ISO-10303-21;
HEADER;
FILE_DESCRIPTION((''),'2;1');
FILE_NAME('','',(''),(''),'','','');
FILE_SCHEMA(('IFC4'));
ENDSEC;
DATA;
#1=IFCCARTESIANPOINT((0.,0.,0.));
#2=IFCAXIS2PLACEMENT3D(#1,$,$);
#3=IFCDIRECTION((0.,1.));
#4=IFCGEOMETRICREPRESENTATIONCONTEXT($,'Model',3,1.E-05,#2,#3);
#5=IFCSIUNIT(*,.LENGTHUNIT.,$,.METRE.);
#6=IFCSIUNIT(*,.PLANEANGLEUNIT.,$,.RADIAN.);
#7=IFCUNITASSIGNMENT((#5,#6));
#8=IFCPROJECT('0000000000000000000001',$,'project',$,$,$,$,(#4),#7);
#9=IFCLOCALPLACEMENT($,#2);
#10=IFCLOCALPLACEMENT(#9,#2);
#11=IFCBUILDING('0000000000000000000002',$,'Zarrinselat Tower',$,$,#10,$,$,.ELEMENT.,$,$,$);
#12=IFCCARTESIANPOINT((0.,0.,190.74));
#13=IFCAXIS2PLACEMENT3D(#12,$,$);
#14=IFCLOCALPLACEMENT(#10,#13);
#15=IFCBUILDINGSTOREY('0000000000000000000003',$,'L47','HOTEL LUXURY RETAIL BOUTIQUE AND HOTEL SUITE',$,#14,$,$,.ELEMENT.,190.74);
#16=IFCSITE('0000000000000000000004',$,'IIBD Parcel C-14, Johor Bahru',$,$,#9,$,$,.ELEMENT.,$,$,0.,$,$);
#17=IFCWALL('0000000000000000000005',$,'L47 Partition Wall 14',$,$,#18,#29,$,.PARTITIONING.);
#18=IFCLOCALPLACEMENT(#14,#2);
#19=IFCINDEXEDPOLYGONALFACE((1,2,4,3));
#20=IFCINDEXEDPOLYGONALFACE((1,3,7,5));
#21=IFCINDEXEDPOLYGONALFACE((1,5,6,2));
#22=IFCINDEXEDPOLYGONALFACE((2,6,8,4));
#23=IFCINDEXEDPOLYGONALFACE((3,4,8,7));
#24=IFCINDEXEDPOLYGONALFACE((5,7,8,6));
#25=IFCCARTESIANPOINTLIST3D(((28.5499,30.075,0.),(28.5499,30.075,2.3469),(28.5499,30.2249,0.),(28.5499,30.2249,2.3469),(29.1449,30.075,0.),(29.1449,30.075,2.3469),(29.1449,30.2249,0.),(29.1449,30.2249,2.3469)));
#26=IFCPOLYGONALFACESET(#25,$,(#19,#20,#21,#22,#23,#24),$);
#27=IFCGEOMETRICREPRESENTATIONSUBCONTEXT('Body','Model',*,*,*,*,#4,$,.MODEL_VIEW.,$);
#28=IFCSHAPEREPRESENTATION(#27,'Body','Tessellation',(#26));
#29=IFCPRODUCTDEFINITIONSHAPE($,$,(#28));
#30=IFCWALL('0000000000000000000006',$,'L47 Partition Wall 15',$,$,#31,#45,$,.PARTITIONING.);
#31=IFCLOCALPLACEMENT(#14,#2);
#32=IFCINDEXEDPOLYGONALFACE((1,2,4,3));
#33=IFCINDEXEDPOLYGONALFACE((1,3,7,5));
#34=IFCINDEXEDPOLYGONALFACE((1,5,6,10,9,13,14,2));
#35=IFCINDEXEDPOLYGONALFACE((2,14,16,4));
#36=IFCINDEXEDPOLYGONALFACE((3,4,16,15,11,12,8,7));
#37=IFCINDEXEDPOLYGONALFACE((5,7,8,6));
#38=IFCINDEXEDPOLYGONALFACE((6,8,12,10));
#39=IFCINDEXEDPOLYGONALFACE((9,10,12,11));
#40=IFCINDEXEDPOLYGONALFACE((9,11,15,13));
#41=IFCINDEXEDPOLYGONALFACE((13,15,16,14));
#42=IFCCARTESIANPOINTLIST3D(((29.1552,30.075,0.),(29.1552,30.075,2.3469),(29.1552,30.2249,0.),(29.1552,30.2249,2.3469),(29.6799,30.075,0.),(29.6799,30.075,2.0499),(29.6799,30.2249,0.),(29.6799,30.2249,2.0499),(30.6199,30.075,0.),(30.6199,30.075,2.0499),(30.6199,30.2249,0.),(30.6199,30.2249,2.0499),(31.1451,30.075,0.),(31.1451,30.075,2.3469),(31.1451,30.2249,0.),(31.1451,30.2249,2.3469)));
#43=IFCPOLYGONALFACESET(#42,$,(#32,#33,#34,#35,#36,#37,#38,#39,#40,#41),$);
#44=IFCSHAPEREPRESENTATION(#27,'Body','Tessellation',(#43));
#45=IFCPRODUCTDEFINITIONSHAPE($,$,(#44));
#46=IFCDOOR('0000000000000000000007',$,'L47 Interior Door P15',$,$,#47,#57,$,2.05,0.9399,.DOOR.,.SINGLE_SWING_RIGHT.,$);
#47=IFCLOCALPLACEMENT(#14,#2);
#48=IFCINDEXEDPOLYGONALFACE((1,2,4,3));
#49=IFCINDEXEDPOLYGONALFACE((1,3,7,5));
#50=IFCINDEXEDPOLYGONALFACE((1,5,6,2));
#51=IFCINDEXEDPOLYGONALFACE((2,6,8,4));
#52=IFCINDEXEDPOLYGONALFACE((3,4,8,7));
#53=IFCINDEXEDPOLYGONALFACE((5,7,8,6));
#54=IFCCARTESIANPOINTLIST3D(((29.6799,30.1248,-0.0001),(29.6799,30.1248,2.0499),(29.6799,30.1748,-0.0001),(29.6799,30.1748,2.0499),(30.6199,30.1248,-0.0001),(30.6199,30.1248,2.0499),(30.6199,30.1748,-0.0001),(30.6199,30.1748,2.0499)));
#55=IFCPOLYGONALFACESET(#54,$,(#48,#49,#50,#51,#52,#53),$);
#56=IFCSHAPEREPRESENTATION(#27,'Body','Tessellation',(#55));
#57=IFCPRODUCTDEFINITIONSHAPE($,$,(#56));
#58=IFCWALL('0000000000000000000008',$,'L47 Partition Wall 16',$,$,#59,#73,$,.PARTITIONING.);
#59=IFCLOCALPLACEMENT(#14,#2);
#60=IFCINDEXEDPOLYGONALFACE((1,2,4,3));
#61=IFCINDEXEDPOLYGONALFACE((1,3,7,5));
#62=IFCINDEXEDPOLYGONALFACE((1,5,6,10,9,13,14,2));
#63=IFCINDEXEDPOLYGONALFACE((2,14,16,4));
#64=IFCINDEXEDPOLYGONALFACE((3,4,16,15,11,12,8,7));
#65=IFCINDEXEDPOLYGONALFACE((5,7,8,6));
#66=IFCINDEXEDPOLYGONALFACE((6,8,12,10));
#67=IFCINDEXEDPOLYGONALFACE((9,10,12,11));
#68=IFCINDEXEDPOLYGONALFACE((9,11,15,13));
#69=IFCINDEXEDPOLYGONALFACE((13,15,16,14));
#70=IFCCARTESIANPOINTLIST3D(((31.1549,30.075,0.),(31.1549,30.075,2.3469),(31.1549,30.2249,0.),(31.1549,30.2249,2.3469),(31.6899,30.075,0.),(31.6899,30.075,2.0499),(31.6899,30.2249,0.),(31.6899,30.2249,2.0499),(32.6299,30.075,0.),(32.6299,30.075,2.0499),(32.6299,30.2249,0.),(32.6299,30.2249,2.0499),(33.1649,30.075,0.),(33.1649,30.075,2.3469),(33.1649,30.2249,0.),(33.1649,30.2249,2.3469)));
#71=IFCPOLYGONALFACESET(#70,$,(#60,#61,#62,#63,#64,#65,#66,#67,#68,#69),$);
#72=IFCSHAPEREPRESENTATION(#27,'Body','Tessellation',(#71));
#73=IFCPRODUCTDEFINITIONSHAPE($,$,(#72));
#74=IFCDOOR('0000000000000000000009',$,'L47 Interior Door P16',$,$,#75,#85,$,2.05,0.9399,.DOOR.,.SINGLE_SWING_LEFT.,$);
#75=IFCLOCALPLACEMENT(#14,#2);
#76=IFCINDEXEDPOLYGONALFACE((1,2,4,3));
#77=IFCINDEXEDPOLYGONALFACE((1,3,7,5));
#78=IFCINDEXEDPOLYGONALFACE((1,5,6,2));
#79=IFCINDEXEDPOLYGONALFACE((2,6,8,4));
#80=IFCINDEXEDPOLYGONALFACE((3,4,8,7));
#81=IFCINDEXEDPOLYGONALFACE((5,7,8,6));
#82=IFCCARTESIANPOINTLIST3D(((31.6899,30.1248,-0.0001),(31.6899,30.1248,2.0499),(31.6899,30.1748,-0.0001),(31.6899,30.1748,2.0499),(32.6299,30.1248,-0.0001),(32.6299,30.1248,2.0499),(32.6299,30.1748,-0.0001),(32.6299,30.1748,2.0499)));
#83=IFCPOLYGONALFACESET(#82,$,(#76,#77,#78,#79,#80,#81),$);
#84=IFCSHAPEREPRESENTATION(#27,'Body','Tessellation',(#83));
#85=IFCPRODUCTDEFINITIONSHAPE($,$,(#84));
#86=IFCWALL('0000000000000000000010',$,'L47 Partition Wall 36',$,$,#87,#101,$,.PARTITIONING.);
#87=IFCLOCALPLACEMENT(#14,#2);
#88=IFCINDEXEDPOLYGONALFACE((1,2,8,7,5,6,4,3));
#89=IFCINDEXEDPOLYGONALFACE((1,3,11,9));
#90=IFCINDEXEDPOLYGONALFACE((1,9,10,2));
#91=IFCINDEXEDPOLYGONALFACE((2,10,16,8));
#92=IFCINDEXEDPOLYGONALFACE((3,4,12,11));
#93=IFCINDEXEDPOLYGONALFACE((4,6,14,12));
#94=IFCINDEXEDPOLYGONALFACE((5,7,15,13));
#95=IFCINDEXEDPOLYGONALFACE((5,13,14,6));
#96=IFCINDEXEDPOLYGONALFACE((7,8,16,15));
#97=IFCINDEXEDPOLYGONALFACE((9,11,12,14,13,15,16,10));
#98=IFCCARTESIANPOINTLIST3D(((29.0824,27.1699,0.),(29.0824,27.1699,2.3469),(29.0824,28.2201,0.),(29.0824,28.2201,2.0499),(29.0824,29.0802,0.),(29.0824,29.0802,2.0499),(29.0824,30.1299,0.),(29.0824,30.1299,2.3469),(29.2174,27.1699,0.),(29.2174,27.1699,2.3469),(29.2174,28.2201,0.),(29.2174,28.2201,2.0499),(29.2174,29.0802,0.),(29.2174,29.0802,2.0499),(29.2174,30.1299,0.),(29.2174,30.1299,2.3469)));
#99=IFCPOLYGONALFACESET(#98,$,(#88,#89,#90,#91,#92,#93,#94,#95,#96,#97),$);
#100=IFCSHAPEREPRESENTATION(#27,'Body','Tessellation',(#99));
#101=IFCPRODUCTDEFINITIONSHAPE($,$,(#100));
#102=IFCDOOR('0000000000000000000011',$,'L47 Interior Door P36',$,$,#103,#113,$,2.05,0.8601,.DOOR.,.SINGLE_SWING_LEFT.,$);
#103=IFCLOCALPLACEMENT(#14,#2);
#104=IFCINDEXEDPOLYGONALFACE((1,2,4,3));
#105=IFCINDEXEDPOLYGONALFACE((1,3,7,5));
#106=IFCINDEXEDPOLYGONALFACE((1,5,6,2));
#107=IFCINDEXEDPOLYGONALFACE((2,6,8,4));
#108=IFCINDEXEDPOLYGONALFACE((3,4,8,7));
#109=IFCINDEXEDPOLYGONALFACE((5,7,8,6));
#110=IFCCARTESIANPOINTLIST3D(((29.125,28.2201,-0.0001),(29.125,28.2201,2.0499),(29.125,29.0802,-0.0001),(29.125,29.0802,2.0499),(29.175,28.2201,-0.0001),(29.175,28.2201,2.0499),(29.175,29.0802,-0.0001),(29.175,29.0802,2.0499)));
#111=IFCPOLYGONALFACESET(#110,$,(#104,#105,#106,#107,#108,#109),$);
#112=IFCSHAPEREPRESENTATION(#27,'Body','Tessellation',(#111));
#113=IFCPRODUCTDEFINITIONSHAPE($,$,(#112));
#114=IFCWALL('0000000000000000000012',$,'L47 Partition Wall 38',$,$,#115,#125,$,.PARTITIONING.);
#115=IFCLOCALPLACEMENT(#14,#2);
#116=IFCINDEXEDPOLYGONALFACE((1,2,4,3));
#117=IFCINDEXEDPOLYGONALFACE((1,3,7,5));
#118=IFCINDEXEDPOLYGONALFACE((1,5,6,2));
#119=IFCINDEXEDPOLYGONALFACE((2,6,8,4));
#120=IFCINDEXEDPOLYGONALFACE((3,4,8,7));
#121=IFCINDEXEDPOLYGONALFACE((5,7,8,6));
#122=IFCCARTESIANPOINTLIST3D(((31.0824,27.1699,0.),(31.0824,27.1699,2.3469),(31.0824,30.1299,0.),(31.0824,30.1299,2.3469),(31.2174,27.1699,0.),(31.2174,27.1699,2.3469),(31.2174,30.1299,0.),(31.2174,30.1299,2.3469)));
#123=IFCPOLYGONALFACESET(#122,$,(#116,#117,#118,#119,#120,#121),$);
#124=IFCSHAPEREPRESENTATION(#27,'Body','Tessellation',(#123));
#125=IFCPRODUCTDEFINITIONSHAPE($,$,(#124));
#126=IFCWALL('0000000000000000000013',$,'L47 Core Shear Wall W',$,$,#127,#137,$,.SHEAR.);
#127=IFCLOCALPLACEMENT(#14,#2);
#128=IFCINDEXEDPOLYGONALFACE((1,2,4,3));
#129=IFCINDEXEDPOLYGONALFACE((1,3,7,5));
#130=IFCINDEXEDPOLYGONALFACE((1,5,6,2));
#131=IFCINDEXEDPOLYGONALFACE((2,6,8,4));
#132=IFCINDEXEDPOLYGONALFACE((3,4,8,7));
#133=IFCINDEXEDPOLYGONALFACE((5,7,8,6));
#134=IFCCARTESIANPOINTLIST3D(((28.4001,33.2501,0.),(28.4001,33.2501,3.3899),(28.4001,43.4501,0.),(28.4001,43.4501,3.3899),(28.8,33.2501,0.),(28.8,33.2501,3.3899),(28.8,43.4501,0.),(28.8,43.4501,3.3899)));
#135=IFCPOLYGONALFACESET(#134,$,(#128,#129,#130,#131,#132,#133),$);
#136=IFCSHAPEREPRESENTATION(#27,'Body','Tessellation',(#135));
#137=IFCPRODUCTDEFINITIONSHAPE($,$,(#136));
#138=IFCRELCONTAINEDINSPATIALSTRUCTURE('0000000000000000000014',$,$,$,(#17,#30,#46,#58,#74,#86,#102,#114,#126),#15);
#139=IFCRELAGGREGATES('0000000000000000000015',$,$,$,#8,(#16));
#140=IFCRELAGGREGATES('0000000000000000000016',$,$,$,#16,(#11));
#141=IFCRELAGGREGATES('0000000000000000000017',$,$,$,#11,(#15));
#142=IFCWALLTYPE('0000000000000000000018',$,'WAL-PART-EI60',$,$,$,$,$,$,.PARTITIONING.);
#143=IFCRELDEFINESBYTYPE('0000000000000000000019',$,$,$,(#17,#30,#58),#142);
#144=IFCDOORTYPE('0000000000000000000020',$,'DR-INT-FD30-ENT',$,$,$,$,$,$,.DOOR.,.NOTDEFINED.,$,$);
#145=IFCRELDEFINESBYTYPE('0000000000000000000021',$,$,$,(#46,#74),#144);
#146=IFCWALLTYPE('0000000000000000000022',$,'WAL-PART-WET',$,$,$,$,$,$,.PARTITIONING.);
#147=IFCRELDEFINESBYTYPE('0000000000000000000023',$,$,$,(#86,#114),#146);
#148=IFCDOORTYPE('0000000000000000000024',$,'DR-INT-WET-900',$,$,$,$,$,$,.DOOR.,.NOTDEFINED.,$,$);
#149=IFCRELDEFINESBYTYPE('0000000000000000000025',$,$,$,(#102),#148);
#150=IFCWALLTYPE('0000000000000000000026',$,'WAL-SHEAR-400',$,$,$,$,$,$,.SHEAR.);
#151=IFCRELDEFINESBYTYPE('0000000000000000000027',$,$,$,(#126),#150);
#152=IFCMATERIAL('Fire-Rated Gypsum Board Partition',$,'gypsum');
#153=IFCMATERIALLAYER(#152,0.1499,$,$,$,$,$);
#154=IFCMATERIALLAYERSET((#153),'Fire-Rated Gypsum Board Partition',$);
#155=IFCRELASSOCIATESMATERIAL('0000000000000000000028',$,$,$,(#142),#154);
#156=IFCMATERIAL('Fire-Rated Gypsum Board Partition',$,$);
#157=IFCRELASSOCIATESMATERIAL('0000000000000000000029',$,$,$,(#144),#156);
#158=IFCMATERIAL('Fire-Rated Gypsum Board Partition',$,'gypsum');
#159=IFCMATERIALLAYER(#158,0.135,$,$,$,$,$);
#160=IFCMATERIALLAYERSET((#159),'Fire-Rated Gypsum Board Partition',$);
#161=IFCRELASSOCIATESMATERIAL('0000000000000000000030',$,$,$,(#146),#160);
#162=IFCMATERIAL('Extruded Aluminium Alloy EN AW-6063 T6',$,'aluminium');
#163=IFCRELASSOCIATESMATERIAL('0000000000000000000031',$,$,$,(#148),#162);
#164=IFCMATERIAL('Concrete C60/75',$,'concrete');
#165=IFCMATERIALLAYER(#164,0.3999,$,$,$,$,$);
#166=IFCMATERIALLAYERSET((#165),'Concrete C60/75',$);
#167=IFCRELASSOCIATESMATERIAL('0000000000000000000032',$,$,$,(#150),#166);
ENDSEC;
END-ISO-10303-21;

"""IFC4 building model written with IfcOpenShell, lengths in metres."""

from ifc_helpers import new_model, si_unit, direction, frame, frame_2d, origin, place, context, subcontext, project, spatial, rectangle, extrude, material, layer, layer_set, type_object, element, fill, save


model = new_model("IFC4")

# Units and contexts
model_context = context("Model", 3, precision=1e-05, world=origin(), true_north=direction((0.0, 1.0)))
body_context = subcontext(model_context, "Body", "Model", "MODEL_VIEW")
ifc_project = project(units=[si_unit("LENGTHUNIT", "METRE"), si_unit("PLANEANGLEUNIT", "RADIAN")], contexts=[model_context])

# Site, building, storey
site_placement = place(None, origin())
site = spatial("IfcSite", under=ifc_project, at=site_placement, Name="IIBD Parcel C-14, Johor Bahru", CompositionType="ELEMENT", RefElevation=0.0)
building_placement = place(site_placement, origin())
building = spatial("IfcBuilding", under=site, at=building_placement, Name="Zarrinselat Tower", CompositionType="ELEMENT")
storey_placement = place(building_placement, frame((0.0, 0.0, 190.74)))
storey = spatial("IfcBuildingStorey", under=building, at=storey_placement, Name="L47", Description="HOTEL LUXURY RETAIL BOUTIQUE AND HOTEL SUITE", CompositionType="ELEMENT", Elevation=190.74)

# Wall
ifc_material_1 = material(Name="Fire-Rated Gypsum Board Partition", Category="gypsum")
ifc_layer_1 = layer(ifc_material_1, 0.1499)
ifc_layer_set_1 = layer_set([ifc_layer_1], Name="Fire-Rated Gypsum Board Partition")
wall_type_1 = type_object("IfcWallType", Name="WAL-PART-EI60", PredefinedType="PARTITIONING", material=ifc_layer_set_1)
wall_1_placement = place(storey_placement, frame((28.55, 30.1499, 0.0), z_axis=(0.0, 0.0, 1.0), x_axis=(1.0, 0.0, 0.0)))
element("IfcWall", 1, at=wall_1_placement, inside=storey, type_object=wall_type_1, Name="L47 Partition Wall 14", PredefinedType="PARTITIONING", context=body_context, shape_type="SweptSolid", body=[
    extrude(rectangle(XDim=0.595, YDim=0.1499, at=frame_2d((0.2974, 0.0))), origin(), (0.0, 0.0, 1.0), 2.3469),
])

# Walls, openings, doors
wall_2_placement = place(storey_placement, frame((29.155, 30.1499, 0.0), z_axis=(0.0, 0.0, 1.0), x_axis=(1.0, 0.0, 0.0)))
wall_2 = element("IfcWall", 2, at=wall_2_placement, inside=storey, type_object=wall_type_1, Name="L47 Partition Wall 15", PredefinedType="PARTITIONING", context=body_context, shape_type="SweptSolid", body=[
    extrude(rectangle(XDim=1.99, YDim=0.1499, at=frame_2d((0.9951, 0.0))), origin(), (0.0, 0.0, 1.0), 2.3469),
])
opening_1_placement = place(wall_2_placement, frame((0.5249, 0.0, 0.0)))
opening_1 = element("IfcOpeningElement", 3, at=opening_1_placement, cuts=wall_2, PredefinedType="OPENING", context=body_context, shape_type="SweptSolid", body=[
    extrude(rectangle(XDim=0.9399, YDim=2.05, at=frame_2d((0.47, 1.0249))), frame((0.0, 0.085, 0.0), z_axis=(0.0, -1.0, 0.0), x_axis=(1.0, 0.0, 0.0)), (0.0, 0.0, 1.0), 0.1699),
])
ifc_material_2 = material(Name="Fire-Rated Gypsum Board Partition")
door_type_1 = type_object("IfcDoorType", Name="DR-INT-FD30-ENT", OperationType="NOTDEFINED", PredefinedType="DOOR", material=ifc_material_2)
door_1_placement = place(opening_1_placement, origin())
door_1 = element("IfcDoor", 4, at=door_1_placement, inside=storey, type_object=door_type_1, Name="L47 Interior Door P15", OperationType="SINGLE_SWING_RIGHT", OverallHeight=2.05, OverallWidth=0.9399, PredefinedType="DOOR", context=body_context, shape_type="SweptSolid", body=[
    extrude(rectangle(XDim=0.9399, YDim=2.05, at=frame_2d((0.47, 1.0249))), frame((0.0, 0.0249, 0.0), z_axis=(0.0, -1.0, 0.0), x_axis=(1.0, 0.0, 0.0)), (0.0, 0.0, 1.0), 0.05),
])
fill(opening_1, door_1)
wall_3_placement = place(storey_placement, frame((31.155, 30.1499, 0.0), z_axis=(0.0, 0.0, 1.0), x_axis=(1.0, 0.0, 0.0)))
wall_3 = element("IfcWall", 5, at=wall_3_placement, inside=storey, type_object=wall_type_1, Name="L47 Partition Wall 16", PredefinedType="PARTITIONING", context=body_context, shape_type="SweptSolid", body=[
    extrude(rectangle(XDim=2.01, YDim=0.1499, at=frame_2d((1.0049, 0.0))), origin(), (0.0, 0.0, 1.0), 2.3469),
])
opening_2_placement = place(wall_3_placement, frame((0.5349, 0.0, 0.0)))
opening_2 = element("IfcOpeningElement", 6, at=opening_2_placement, cuts=wall_3, PredefinedType="OPENING", context=body_context, shape_type="SweptSolid", body=[
    extrude(rectangle(XDim=0.9399, YDim=2.05, at=frame_2d((0.47, 1.0249))), frame((0.0, 0.085, 0.0), z_axis=(0.0, -1.0, 0.0), x_axis=(1.0, 0.0, 0.0)), (0.0, 0.0, 1.0), 0.1699),
])
door_2_placement = place(opening_2_placement, origin())
door_2 = element("IfcDoor", 7, at=door_2_placement, inside=storey, type_object=door_type_1, Name="L47 Interior Door P16", OperationType="SINGLE_SWING_LEFT", OverallHeight=2.05, OverallWidth=0.9399, PredefinedType="DOOR", context=body_context, shape_type="SweptSolid", body=[
    extrude(rectangle(XDim=0.9399, YDim=2.05, at=frame_2d((0.47, 1.0249))), frame((0.0, 0.0249, 0.0), z_axis=(0.0, -1.0, 0.0), x_axis=(1.0, 0.0, 0.0)), (0.0, 0.0, 1.0), 0.05),
])
fill(opening_2, door_2)
ifc_material_3 = material(Name="Fire-Rated Gypsum Board Partition", Category="gypsum")
ifc_layer_2 = layer(ifc_material_3, 0.135)
ifc_layer_set_2 = layer_set([ifc_layer_2], Name="Fire-Rated Gypsum Board Partition")
wall_type_2 = type_object("IfcWallType", Name="WAL-PART-WET", PredefinedType="PARTITIONING", material=ifc_layer_set_2)
wall_4_placement = place(storey_placement, frame((29.1499, 27.1699, 0.0), z_axis=(0.0, 0.0, 1.0), x_axis=(0.0, 1.0, 0.0)))
wall_4 = element("IfcWall", 8, at=wall_4_placement, inside=storey, type_object=wall_type_2, Name="L47 Partition Wall 36", PredefinedType="PARTITIONING", context=body_context, shape_type="SweptSolid", body=[
    extrude(rectangle(XDim=2.96, YDim=0.135, at=frame_2d((1.48, 0.0))), origin(), (0.0, 0.0, 1.0), 2.3469),
])
opening_3_placement = place(wall_4_placement, frame((1.05, 0.0, 0.0)))
opening_3 = element("IfcOpeningElement", 9, at=opening_3_placement, cuts=wall_4, PredefinedType="OPENING", context=body_context, shape_type="SweptSolid", body=[
    extrude(rectangle(XDim=0.8601, YDim=2.05, at=frame_2d((0.4302, 1.0249))), frame((0.0, 0.0774, 0.0), z_axis=(0.0, -1.0, 0.0), x_axis=(1.0, 0.0, 0.0)), (0.0, 0.0, 1.0), 0.155),
])
ifc_material_4 = material(Name="Extruded Aluminium Alloy EN AW-6063 T6", Category="aluminium")
door_type_2 = type_object("IfcDoorType", Name="DR-INT-WET-900", OperationType="NOTDEFINED", PredefinedType="DOOR", material=ifc_material_4)
door_3_placement = place(opening_3_placement, origin())
door_3 = element("IfcDoor", 10, at=door_3_placement, inside=storey, type_object=door_type_2, Name="L47 Interior Door P36", OperationType="SINGLE_SWING_LEFT", OverallHeight=2.05, OverallWidth=0.8601, PredefinedType="DOOR", context=body_context, shape_type="SweptSolid", body=[
    extrude(rectangle(XDim=0.8601, YDim=2.05, at=frame_2d((0.4302, 1.0249))), frame((0.0, 0.0249, 0.0), z_axis=(0.0, -1.0, 0.0), x_axis=(1.0, 0.0, 0.0)), (0.0, 0.0, 1.0), 0.05),
])
fill(opening_3, door_3)

# Wall
wall_5_placement = place(storey_placement, frame((31.1499, 27.1699, 0.0), z_axis=(0.0, 0.0, 1.0), x_axis=(0.0, 1.0, 0.0)))
element("IfcWall", 11, at=wall_5_placement, inside=storey, type_object=wall_type_2, Name="L47 Partition Wall 38", PredefinedType="PARTITIONING", context=body_context, shape_type="SweptSolid", body=[
    extrude(rectangle(XDim=2.96, YDim=0.135, at=frame_2d((1.48, 0.0))), origin(), (0.0, 0.0, 1.0), 2.3469),
])

# Shared definitions
ifc_material_5 = material(Name="Concrete C60/75", Category="concrete")
ifc_layer_3 = layer(ifc_material_5, 0.3999)
ifc_layer_set_3 = layer_set([ifc_layer_3], Name="Concrete C60/75")
wall_type_3 = type_object("IfcWallType", Name="WAL-SHEAR-400", PredefinedType="SHEAR", material=ifc_layer_set_3)

# Wall
wall_6_placement = place(storey_placement, frame((28.6001, 33.25, 0.0), z_axis=(0.0, 0.0, 1.0), x_axis=(0.0, 1.0, 0.0)))
element("IfcWall", 12, at=wall_6_placement, inside=storey, type_object=wall_type_3, Name="L47 Core Shear Wall W", PredefinedType="SHEAR", context=body_context, shape_type="SweptSolid", body=[
    extrude(rectangle(XDim=10.2, YDim=0.3999, at=frame_2d((5.1001, 0.0))), origin(), (0.0, 0.0, 1.0), 3.3899),
])

save(model, "model.ifc")
